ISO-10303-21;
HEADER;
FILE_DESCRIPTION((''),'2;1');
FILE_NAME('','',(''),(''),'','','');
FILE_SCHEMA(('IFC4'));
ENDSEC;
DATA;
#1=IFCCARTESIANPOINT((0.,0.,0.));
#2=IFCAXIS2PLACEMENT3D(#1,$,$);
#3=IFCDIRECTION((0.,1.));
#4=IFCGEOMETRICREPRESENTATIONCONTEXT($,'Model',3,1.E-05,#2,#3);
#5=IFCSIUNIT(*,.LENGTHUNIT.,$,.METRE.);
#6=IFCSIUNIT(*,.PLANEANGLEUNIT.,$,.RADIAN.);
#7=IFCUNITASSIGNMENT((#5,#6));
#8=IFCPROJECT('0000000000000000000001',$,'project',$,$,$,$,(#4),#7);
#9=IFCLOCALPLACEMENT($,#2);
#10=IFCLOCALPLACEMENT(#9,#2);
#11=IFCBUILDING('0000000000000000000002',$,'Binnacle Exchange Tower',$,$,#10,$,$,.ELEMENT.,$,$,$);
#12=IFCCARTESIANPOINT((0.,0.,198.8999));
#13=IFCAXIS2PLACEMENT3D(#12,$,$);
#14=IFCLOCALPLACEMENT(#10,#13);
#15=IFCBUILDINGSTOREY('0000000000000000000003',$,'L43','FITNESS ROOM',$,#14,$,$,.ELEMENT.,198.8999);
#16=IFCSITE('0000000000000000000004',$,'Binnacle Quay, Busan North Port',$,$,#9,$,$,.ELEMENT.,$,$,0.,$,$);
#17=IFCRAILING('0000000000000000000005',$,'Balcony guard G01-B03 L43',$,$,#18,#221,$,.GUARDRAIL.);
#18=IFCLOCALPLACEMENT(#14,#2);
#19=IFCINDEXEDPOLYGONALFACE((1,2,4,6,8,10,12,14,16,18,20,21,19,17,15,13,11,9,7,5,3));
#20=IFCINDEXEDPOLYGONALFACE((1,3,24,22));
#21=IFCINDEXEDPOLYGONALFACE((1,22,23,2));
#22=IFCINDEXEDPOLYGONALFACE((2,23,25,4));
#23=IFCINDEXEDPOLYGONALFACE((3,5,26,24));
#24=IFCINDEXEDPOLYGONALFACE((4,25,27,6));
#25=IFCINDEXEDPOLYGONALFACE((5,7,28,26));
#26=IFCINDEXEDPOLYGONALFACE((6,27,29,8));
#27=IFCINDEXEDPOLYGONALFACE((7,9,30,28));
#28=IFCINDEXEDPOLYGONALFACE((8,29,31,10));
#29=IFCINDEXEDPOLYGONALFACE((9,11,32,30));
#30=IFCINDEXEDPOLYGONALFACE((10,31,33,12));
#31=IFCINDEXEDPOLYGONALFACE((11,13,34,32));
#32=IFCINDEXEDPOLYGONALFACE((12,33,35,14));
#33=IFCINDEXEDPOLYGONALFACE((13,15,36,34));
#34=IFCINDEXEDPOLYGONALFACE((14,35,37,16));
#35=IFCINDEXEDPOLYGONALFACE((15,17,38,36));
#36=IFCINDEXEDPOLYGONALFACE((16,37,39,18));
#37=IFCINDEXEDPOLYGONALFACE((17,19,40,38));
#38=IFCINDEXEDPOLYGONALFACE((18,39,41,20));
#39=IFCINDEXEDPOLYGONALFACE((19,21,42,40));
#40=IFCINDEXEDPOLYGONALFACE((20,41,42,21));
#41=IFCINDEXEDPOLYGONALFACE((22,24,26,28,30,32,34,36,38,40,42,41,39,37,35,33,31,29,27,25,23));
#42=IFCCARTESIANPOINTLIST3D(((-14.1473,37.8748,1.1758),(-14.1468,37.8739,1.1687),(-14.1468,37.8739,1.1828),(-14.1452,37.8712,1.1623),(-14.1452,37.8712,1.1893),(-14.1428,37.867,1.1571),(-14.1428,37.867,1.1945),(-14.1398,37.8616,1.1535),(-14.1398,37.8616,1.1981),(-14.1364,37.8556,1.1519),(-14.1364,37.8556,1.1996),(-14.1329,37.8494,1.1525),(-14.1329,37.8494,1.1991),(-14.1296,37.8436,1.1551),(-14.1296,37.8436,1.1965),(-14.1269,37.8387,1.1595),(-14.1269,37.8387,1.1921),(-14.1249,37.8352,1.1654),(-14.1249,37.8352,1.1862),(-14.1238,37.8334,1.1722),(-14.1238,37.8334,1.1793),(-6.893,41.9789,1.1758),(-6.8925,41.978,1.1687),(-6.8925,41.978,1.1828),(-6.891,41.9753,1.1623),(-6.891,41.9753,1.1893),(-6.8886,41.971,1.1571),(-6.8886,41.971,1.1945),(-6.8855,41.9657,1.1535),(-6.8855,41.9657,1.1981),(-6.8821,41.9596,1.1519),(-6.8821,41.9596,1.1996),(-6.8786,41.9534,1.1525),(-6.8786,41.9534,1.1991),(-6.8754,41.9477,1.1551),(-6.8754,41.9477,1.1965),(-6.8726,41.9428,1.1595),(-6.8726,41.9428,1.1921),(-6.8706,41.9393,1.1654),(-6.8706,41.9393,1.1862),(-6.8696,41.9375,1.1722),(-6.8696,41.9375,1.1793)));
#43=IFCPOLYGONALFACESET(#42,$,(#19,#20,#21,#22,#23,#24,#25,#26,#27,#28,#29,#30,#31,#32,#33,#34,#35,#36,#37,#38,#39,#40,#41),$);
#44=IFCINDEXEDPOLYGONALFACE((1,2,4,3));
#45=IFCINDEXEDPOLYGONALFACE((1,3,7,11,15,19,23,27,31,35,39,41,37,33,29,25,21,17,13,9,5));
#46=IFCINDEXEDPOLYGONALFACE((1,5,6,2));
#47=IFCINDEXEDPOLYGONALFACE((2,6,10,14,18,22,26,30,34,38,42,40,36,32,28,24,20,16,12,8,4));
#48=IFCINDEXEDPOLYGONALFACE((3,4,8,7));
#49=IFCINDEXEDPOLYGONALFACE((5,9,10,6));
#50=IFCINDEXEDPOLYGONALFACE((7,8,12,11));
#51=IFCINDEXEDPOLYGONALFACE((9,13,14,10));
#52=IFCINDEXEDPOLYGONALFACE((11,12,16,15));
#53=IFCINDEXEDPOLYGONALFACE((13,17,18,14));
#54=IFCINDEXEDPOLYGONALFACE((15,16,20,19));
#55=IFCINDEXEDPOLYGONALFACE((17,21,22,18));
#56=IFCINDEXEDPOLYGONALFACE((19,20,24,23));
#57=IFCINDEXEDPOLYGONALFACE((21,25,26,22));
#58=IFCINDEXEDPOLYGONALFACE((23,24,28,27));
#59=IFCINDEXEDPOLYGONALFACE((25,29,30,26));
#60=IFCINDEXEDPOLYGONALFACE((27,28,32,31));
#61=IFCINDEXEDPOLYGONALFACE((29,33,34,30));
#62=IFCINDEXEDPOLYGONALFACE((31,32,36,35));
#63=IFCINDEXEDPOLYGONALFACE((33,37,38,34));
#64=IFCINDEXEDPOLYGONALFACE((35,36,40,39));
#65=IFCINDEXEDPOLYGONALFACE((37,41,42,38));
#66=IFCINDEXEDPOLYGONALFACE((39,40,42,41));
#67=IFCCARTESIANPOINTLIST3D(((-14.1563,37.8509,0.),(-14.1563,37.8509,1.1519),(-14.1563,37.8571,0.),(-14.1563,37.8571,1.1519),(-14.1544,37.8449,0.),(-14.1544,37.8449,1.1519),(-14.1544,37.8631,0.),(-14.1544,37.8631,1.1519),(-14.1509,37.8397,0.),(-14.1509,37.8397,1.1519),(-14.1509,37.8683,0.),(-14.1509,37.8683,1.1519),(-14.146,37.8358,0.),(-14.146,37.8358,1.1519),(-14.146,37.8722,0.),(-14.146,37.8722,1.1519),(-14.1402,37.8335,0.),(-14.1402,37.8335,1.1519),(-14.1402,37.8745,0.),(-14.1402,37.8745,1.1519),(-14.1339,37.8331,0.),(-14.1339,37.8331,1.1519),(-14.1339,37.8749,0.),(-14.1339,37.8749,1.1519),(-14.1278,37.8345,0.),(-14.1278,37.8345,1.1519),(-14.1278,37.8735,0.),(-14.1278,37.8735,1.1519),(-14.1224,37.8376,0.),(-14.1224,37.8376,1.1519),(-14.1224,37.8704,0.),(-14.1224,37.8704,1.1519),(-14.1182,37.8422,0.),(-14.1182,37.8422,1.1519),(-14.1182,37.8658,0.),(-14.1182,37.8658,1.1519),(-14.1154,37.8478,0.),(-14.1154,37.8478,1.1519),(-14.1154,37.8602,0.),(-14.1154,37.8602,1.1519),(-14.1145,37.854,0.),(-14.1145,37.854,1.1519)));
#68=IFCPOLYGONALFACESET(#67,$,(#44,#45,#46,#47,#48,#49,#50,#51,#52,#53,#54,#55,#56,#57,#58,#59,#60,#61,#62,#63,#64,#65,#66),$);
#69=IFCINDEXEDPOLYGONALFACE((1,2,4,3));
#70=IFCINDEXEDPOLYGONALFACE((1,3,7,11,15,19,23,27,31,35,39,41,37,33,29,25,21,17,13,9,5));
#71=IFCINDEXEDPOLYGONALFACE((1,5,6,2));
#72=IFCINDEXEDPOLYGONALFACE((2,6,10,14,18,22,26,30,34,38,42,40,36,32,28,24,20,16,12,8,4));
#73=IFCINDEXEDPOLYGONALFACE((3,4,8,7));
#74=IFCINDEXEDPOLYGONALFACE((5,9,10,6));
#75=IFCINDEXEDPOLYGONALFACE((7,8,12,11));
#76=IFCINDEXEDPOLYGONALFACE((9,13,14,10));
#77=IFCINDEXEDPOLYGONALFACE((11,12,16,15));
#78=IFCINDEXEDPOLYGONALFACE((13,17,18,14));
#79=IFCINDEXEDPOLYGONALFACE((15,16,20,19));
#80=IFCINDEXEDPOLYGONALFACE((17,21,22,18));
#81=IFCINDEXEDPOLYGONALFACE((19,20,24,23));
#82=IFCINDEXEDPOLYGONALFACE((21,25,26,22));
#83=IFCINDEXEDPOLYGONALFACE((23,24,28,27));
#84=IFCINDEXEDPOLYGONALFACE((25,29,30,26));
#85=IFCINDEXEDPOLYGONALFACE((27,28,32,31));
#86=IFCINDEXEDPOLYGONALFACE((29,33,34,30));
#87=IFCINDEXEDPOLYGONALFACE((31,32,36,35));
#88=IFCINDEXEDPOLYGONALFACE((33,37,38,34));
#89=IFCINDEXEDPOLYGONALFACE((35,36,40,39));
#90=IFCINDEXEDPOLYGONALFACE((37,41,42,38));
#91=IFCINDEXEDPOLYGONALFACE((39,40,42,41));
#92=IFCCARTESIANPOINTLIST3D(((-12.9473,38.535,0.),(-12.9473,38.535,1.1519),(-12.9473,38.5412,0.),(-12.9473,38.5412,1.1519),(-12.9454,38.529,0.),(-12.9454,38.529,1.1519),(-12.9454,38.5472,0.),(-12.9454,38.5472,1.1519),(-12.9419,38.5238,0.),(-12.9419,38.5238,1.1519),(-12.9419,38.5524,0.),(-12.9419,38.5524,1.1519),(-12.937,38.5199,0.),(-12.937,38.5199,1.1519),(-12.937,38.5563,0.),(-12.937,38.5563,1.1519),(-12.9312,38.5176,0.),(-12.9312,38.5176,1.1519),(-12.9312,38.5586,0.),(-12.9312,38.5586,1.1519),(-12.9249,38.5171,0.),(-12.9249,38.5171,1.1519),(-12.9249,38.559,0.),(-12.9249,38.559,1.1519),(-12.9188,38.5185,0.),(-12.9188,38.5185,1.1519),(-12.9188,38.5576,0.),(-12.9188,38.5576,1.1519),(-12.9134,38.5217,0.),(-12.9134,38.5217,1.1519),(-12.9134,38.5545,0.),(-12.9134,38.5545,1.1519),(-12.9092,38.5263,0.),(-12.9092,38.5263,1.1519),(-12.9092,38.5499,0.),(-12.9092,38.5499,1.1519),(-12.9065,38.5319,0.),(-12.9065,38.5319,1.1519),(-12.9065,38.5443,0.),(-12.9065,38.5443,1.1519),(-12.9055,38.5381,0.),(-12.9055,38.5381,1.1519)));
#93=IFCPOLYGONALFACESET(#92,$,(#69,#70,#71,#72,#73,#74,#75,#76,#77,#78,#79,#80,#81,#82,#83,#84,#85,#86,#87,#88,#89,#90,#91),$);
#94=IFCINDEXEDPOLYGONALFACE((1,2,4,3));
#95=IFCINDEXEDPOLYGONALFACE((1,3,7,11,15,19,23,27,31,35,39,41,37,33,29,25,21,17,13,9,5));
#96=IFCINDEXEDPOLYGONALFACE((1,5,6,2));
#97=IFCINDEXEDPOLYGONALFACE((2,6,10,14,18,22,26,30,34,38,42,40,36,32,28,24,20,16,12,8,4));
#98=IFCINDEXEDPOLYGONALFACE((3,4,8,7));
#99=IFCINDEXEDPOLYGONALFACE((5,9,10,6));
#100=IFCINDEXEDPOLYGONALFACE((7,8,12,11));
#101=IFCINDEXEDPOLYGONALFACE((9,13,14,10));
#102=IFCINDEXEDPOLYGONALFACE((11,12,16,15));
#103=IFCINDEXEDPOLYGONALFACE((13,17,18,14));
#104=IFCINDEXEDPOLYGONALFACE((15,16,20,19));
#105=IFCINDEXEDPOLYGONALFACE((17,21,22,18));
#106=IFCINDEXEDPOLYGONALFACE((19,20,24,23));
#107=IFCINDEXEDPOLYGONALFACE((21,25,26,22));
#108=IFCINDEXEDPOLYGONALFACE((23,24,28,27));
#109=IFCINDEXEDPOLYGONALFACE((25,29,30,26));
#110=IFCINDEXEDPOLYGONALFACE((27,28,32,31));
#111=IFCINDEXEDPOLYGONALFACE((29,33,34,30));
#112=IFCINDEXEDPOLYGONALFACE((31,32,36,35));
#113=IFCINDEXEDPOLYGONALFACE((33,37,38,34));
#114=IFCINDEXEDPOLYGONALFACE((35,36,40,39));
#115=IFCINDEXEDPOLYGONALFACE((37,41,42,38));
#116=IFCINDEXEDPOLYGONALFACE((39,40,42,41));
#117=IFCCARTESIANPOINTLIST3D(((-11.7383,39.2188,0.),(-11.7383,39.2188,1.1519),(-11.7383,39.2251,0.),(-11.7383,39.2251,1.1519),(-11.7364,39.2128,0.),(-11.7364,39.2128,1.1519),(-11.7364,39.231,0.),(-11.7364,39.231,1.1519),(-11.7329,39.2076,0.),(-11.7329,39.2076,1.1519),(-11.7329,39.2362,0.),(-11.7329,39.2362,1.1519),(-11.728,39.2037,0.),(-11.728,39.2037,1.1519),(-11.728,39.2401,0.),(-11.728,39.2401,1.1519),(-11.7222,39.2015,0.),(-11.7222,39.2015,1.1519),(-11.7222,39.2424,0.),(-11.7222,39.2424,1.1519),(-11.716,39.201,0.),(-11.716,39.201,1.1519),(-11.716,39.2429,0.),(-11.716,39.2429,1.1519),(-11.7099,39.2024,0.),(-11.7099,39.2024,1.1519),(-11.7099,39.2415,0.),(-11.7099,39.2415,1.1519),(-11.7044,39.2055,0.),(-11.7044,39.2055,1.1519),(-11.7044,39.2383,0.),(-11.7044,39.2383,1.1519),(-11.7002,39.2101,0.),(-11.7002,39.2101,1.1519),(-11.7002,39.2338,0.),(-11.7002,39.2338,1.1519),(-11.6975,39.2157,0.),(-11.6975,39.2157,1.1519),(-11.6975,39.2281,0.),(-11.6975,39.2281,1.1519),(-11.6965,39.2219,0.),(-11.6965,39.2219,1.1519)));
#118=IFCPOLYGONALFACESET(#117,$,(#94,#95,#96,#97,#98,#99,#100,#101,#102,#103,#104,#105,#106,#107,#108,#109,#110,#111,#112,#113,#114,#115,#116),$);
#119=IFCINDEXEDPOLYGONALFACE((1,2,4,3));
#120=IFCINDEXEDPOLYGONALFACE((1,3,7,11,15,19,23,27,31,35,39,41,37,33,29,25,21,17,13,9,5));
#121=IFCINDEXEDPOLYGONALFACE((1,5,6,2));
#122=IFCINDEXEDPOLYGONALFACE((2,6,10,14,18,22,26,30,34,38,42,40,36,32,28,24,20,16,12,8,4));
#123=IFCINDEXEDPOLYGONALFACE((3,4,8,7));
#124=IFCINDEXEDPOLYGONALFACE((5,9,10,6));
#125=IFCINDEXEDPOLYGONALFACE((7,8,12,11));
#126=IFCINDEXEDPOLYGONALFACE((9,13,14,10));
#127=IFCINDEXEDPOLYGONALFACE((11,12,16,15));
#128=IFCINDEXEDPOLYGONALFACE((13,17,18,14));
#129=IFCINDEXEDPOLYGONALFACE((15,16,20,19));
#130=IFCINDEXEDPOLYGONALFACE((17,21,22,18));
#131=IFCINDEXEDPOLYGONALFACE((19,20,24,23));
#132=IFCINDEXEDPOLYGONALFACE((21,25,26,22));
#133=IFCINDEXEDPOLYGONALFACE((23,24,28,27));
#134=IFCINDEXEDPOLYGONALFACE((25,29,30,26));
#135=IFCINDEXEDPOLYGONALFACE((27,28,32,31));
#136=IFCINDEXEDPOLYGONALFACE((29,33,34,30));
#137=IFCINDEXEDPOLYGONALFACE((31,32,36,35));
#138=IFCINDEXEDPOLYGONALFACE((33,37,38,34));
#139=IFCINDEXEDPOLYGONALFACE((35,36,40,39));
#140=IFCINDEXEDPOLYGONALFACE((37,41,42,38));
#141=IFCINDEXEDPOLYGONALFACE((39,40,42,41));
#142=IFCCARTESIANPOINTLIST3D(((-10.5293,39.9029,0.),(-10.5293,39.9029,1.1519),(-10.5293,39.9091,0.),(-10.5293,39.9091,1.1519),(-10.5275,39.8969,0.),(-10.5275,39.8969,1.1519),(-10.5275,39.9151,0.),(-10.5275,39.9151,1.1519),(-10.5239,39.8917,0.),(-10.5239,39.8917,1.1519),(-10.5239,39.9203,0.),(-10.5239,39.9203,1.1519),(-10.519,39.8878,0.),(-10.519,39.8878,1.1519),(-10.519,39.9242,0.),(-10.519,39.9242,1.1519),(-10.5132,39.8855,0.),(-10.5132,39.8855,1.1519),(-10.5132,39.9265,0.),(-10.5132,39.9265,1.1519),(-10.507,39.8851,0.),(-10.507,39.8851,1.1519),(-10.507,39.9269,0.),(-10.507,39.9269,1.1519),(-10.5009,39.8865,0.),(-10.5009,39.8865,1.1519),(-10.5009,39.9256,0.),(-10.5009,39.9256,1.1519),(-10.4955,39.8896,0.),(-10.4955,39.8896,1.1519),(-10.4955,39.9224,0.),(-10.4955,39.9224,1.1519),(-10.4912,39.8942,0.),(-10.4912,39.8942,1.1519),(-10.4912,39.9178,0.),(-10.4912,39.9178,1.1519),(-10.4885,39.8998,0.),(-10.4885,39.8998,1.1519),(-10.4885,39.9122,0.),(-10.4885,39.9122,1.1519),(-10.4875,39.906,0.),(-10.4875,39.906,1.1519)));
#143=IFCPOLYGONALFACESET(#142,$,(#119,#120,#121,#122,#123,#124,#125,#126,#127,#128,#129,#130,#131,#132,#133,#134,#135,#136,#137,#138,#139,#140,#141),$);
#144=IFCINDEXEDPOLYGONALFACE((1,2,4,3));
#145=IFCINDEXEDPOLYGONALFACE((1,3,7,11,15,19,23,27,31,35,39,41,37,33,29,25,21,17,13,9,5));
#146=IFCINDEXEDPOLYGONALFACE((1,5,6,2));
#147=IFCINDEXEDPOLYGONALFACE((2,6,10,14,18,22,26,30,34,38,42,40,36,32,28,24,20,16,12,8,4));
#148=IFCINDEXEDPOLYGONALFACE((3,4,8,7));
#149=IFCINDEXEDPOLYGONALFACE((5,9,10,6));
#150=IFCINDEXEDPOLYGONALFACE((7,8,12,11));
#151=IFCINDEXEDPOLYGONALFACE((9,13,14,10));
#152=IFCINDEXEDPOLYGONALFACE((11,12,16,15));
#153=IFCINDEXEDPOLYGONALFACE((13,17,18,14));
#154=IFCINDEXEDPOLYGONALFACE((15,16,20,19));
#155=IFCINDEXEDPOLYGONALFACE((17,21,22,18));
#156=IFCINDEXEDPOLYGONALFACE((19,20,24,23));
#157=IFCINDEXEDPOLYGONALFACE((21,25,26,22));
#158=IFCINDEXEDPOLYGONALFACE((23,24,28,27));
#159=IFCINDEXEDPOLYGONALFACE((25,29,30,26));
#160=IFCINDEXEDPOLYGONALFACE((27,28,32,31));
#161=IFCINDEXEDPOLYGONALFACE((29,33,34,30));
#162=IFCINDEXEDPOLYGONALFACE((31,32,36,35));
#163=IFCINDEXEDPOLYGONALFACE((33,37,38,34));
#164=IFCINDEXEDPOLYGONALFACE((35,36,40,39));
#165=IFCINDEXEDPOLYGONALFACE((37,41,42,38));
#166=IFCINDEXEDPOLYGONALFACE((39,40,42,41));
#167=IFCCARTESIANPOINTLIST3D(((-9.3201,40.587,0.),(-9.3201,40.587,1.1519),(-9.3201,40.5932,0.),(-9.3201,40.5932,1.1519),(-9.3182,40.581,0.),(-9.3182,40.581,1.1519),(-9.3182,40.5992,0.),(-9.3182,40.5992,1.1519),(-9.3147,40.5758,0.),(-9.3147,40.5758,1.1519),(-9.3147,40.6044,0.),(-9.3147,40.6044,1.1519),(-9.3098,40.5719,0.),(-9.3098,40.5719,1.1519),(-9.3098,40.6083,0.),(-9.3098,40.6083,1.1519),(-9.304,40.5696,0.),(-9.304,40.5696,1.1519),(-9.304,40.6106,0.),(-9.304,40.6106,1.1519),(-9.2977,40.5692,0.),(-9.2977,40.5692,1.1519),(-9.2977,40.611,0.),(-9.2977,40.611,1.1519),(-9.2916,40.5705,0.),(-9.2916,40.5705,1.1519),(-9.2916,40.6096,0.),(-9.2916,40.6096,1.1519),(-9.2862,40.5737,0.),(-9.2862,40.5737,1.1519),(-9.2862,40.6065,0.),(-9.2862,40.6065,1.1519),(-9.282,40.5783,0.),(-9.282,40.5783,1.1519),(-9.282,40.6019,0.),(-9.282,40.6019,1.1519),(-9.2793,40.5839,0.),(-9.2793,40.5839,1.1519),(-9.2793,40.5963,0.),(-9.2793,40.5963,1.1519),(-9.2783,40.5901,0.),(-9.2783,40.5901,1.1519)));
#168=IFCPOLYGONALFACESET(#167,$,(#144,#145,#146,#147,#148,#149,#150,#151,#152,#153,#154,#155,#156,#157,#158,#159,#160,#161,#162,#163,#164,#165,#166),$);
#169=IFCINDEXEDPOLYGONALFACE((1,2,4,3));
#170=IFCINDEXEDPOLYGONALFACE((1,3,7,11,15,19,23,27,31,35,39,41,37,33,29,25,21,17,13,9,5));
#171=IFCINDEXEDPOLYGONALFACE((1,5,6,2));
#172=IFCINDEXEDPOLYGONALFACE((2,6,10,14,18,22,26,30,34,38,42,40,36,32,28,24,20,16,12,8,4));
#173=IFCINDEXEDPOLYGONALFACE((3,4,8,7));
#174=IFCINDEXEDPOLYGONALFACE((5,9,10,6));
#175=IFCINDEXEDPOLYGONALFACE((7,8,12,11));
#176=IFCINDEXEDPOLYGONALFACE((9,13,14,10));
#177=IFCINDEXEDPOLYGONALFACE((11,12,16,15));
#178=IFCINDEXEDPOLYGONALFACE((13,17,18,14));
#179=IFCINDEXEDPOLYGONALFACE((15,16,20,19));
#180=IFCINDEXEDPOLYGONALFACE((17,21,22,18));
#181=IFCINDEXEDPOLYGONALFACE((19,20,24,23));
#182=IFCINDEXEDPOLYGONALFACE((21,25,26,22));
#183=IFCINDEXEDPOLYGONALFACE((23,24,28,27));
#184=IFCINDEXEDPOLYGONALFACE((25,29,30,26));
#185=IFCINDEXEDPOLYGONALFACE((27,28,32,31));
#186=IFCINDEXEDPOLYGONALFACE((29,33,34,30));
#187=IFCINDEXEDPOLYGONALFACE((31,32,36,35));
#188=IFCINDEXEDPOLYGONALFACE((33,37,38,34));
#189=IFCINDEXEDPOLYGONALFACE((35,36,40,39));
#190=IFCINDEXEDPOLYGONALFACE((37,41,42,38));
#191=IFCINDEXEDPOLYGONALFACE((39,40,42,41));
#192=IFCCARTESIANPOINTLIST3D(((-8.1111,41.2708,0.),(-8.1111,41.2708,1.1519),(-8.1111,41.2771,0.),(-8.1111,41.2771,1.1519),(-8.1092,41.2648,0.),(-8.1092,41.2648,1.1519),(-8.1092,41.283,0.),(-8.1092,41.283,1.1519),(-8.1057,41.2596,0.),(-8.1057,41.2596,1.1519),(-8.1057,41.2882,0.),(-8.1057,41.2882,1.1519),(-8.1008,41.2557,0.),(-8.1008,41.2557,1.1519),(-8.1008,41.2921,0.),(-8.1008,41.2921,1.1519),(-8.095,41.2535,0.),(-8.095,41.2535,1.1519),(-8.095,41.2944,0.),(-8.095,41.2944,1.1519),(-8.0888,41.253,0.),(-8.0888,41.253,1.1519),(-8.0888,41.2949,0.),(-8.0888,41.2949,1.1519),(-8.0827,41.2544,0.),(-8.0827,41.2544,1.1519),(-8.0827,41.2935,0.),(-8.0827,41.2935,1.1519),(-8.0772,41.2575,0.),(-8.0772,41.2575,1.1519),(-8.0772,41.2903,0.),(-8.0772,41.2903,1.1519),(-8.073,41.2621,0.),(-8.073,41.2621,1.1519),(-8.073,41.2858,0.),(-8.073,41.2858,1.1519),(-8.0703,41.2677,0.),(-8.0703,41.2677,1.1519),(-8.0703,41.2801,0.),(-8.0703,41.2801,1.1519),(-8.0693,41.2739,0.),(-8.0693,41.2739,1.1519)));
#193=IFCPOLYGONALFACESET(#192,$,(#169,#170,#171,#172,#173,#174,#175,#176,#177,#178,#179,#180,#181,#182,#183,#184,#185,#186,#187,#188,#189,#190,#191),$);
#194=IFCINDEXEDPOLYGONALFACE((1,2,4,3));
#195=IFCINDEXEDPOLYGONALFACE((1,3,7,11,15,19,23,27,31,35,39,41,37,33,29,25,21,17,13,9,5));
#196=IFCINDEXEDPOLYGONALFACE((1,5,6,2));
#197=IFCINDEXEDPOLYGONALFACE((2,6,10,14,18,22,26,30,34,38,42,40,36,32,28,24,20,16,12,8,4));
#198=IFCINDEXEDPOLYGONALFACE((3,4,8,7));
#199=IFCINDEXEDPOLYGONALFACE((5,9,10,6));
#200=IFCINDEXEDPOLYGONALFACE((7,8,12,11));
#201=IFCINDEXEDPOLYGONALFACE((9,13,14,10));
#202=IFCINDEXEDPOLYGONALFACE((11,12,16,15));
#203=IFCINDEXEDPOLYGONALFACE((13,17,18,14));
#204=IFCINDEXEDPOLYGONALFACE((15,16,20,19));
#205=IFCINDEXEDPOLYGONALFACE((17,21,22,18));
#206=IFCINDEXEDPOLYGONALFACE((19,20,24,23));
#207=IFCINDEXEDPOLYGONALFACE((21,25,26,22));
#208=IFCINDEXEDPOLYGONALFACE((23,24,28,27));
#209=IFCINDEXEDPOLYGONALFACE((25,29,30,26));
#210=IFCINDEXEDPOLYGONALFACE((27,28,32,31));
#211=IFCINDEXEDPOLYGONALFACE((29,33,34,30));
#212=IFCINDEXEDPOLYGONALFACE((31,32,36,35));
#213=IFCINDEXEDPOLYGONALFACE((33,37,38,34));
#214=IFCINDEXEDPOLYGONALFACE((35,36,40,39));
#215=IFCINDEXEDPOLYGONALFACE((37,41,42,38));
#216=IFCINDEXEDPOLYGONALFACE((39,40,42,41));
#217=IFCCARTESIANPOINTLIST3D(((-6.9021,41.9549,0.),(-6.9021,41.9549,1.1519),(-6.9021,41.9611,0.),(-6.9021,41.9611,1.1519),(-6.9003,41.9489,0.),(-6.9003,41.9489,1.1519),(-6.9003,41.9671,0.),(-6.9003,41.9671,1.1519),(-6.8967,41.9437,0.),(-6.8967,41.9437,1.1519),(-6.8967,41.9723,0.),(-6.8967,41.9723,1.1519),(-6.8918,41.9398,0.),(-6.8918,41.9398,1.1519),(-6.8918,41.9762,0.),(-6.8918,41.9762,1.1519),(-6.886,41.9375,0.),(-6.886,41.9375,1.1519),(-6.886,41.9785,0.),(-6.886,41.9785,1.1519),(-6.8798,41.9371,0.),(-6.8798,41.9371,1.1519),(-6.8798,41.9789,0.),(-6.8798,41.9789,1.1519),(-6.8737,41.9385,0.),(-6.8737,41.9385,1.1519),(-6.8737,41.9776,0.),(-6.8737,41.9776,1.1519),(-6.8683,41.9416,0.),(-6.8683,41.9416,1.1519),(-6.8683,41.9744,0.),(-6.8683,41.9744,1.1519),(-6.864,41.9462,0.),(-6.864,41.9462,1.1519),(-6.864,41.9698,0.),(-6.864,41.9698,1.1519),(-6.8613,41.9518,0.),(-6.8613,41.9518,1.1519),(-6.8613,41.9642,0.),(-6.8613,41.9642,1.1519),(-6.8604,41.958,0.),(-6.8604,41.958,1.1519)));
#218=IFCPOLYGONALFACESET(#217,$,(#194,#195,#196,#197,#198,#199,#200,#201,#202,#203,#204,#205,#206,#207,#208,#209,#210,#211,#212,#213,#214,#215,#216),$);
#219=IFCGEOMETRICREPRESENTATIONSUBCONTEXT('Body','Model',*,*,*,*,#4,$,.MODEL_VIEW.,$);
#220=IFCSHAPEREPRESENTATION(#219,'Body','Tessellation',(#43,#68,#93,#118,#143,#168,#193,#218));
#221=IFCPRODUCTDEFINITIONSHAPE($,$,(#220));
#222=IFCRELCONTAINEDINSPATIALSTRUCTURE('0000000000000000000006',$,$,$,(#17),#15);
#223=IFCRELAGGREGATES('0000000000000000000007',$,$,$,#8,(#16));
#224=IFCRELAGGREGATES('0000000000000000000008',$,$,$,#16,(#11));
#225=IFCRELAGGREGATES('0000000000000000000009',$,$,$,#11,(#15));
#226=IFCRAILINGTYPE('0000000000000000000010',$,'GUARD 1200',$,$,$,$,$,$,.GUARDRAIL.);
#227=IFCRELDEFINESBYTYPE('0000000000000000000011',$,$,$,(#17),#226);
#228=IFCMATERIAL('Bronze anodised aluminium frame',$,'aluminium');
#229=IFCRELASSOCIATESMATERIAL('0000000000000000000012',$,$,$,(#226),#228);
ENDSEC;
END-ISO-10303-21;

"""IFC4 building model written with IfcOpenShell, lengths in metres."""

from ifc_helpers import new_model, si_unit, direction, frame, origin, origin_2d, place, context, subcontext, project, spatial, circle, extrude, material, type_object, element, save


model = new_model("IFC4")

# Units and contexts
model_context = context("Model", 3, precision=1e-05, world=origin(), true_north=direction((0.0, 1.0)))
body_context = subcontext(model_context, "Body", "Model", "MODEL_VIEW")
ifc_project = project(units=[si_unit("LENGTHUNIT", "METRE"), si_unit("PLANEANGLEUNIT", "RADIAN")], contexts=[model_context])

# Site, building, storey
site_placement = place(None, origin())
site = spatial("IfcSite", under=ifc_project, at=site_placement, Name="Binnacle Quay, Busan North Port", CompositionType="ELEMENT", RefElevation=0.0)
building_placement = place(site_placement, origin())
building = spatial("IfcBuilding", under=site, at=building_placement, Name="Binnacle Exchange Tower", CompositionType="ELEMENT")
storey_placement = place(building_placement, frame((0.0, 0.0, 198.8999)))
storey = spatial("IfcBuildingStorey", under=building, at=storey_placement, Name="L43", Description="FITNESS ROOM", CompositionType="ELEMENT", Elevation=198.8999)

# Railing
ifc_material_1 = material(Name="Bronze anodised aluminium frame", Category="aluminium")
railing_type_1 = type_object("IfcRailingType", Name="GUARD 1200", PredefinedType="GUARDRAIL", material=ifc_material_1)
railing_1_placement = place(storey_placement, frame((-14.1355, 37.854, 0.0)))
element("IfcRailing", 1, at=railing_1_placement, inside=storey, type_object=railing_type_1, Name="Balcony guard G01-B03 L43", PredefinedType="GUARDRAIL", context=body_context, shape_type="SweptSolid", body=[
    extrude(circle(Radius=0.0239, at=origin_2d()), frame((0.0, 0.0, 1.1758), z_axis=(0.870366, 0.492406, 0.0), x_axis=(-0.492406, 0.870366, 0.0)), (0.0, 0.0, 1.0), 8.3347),
    extrude(circle(Radius=0.021, at=origin_2d()), origin(), (0.0, 0.0, 1.0), 1.1519),
    extrude(circle(Radius=0.021, at=origin_2d()), frame((1.209, 0.6841, 0.0)), (0.0, 0.0, 1.0), 1.1519),
    extrude(circle(Radius=0.021, at=origin_2d()), frame((2.418, 1.3679, 0.0)), (0.0, 0.0, 1.0), 1.1519),
    extrude(circle(Radius=0.021, at=origin_2d()), frame((3.627, 2.052, 0.0)), (0.0, 0.0, 1.0), 1.1519),
    extrude(circle(Radius=0.021, at=origin_2d()), frame((4.8362, 2.7361, 0.0)), (0.0, 0.0, 1.0), 1.1519),
    extrude(circle(Radius=0.021, at=origin_2d()), frame((6.0452, 3.4199, 0.0)), (0.0, 0.0, 1.0), 1.1519),
    extrude(circle(Radius=0.021, at=origin_2d()), frame((7.2542, 4.104, 0.0)), (0.0, 0.0, 1.0), 1.1519),
])

save(model, "model.ifc")
